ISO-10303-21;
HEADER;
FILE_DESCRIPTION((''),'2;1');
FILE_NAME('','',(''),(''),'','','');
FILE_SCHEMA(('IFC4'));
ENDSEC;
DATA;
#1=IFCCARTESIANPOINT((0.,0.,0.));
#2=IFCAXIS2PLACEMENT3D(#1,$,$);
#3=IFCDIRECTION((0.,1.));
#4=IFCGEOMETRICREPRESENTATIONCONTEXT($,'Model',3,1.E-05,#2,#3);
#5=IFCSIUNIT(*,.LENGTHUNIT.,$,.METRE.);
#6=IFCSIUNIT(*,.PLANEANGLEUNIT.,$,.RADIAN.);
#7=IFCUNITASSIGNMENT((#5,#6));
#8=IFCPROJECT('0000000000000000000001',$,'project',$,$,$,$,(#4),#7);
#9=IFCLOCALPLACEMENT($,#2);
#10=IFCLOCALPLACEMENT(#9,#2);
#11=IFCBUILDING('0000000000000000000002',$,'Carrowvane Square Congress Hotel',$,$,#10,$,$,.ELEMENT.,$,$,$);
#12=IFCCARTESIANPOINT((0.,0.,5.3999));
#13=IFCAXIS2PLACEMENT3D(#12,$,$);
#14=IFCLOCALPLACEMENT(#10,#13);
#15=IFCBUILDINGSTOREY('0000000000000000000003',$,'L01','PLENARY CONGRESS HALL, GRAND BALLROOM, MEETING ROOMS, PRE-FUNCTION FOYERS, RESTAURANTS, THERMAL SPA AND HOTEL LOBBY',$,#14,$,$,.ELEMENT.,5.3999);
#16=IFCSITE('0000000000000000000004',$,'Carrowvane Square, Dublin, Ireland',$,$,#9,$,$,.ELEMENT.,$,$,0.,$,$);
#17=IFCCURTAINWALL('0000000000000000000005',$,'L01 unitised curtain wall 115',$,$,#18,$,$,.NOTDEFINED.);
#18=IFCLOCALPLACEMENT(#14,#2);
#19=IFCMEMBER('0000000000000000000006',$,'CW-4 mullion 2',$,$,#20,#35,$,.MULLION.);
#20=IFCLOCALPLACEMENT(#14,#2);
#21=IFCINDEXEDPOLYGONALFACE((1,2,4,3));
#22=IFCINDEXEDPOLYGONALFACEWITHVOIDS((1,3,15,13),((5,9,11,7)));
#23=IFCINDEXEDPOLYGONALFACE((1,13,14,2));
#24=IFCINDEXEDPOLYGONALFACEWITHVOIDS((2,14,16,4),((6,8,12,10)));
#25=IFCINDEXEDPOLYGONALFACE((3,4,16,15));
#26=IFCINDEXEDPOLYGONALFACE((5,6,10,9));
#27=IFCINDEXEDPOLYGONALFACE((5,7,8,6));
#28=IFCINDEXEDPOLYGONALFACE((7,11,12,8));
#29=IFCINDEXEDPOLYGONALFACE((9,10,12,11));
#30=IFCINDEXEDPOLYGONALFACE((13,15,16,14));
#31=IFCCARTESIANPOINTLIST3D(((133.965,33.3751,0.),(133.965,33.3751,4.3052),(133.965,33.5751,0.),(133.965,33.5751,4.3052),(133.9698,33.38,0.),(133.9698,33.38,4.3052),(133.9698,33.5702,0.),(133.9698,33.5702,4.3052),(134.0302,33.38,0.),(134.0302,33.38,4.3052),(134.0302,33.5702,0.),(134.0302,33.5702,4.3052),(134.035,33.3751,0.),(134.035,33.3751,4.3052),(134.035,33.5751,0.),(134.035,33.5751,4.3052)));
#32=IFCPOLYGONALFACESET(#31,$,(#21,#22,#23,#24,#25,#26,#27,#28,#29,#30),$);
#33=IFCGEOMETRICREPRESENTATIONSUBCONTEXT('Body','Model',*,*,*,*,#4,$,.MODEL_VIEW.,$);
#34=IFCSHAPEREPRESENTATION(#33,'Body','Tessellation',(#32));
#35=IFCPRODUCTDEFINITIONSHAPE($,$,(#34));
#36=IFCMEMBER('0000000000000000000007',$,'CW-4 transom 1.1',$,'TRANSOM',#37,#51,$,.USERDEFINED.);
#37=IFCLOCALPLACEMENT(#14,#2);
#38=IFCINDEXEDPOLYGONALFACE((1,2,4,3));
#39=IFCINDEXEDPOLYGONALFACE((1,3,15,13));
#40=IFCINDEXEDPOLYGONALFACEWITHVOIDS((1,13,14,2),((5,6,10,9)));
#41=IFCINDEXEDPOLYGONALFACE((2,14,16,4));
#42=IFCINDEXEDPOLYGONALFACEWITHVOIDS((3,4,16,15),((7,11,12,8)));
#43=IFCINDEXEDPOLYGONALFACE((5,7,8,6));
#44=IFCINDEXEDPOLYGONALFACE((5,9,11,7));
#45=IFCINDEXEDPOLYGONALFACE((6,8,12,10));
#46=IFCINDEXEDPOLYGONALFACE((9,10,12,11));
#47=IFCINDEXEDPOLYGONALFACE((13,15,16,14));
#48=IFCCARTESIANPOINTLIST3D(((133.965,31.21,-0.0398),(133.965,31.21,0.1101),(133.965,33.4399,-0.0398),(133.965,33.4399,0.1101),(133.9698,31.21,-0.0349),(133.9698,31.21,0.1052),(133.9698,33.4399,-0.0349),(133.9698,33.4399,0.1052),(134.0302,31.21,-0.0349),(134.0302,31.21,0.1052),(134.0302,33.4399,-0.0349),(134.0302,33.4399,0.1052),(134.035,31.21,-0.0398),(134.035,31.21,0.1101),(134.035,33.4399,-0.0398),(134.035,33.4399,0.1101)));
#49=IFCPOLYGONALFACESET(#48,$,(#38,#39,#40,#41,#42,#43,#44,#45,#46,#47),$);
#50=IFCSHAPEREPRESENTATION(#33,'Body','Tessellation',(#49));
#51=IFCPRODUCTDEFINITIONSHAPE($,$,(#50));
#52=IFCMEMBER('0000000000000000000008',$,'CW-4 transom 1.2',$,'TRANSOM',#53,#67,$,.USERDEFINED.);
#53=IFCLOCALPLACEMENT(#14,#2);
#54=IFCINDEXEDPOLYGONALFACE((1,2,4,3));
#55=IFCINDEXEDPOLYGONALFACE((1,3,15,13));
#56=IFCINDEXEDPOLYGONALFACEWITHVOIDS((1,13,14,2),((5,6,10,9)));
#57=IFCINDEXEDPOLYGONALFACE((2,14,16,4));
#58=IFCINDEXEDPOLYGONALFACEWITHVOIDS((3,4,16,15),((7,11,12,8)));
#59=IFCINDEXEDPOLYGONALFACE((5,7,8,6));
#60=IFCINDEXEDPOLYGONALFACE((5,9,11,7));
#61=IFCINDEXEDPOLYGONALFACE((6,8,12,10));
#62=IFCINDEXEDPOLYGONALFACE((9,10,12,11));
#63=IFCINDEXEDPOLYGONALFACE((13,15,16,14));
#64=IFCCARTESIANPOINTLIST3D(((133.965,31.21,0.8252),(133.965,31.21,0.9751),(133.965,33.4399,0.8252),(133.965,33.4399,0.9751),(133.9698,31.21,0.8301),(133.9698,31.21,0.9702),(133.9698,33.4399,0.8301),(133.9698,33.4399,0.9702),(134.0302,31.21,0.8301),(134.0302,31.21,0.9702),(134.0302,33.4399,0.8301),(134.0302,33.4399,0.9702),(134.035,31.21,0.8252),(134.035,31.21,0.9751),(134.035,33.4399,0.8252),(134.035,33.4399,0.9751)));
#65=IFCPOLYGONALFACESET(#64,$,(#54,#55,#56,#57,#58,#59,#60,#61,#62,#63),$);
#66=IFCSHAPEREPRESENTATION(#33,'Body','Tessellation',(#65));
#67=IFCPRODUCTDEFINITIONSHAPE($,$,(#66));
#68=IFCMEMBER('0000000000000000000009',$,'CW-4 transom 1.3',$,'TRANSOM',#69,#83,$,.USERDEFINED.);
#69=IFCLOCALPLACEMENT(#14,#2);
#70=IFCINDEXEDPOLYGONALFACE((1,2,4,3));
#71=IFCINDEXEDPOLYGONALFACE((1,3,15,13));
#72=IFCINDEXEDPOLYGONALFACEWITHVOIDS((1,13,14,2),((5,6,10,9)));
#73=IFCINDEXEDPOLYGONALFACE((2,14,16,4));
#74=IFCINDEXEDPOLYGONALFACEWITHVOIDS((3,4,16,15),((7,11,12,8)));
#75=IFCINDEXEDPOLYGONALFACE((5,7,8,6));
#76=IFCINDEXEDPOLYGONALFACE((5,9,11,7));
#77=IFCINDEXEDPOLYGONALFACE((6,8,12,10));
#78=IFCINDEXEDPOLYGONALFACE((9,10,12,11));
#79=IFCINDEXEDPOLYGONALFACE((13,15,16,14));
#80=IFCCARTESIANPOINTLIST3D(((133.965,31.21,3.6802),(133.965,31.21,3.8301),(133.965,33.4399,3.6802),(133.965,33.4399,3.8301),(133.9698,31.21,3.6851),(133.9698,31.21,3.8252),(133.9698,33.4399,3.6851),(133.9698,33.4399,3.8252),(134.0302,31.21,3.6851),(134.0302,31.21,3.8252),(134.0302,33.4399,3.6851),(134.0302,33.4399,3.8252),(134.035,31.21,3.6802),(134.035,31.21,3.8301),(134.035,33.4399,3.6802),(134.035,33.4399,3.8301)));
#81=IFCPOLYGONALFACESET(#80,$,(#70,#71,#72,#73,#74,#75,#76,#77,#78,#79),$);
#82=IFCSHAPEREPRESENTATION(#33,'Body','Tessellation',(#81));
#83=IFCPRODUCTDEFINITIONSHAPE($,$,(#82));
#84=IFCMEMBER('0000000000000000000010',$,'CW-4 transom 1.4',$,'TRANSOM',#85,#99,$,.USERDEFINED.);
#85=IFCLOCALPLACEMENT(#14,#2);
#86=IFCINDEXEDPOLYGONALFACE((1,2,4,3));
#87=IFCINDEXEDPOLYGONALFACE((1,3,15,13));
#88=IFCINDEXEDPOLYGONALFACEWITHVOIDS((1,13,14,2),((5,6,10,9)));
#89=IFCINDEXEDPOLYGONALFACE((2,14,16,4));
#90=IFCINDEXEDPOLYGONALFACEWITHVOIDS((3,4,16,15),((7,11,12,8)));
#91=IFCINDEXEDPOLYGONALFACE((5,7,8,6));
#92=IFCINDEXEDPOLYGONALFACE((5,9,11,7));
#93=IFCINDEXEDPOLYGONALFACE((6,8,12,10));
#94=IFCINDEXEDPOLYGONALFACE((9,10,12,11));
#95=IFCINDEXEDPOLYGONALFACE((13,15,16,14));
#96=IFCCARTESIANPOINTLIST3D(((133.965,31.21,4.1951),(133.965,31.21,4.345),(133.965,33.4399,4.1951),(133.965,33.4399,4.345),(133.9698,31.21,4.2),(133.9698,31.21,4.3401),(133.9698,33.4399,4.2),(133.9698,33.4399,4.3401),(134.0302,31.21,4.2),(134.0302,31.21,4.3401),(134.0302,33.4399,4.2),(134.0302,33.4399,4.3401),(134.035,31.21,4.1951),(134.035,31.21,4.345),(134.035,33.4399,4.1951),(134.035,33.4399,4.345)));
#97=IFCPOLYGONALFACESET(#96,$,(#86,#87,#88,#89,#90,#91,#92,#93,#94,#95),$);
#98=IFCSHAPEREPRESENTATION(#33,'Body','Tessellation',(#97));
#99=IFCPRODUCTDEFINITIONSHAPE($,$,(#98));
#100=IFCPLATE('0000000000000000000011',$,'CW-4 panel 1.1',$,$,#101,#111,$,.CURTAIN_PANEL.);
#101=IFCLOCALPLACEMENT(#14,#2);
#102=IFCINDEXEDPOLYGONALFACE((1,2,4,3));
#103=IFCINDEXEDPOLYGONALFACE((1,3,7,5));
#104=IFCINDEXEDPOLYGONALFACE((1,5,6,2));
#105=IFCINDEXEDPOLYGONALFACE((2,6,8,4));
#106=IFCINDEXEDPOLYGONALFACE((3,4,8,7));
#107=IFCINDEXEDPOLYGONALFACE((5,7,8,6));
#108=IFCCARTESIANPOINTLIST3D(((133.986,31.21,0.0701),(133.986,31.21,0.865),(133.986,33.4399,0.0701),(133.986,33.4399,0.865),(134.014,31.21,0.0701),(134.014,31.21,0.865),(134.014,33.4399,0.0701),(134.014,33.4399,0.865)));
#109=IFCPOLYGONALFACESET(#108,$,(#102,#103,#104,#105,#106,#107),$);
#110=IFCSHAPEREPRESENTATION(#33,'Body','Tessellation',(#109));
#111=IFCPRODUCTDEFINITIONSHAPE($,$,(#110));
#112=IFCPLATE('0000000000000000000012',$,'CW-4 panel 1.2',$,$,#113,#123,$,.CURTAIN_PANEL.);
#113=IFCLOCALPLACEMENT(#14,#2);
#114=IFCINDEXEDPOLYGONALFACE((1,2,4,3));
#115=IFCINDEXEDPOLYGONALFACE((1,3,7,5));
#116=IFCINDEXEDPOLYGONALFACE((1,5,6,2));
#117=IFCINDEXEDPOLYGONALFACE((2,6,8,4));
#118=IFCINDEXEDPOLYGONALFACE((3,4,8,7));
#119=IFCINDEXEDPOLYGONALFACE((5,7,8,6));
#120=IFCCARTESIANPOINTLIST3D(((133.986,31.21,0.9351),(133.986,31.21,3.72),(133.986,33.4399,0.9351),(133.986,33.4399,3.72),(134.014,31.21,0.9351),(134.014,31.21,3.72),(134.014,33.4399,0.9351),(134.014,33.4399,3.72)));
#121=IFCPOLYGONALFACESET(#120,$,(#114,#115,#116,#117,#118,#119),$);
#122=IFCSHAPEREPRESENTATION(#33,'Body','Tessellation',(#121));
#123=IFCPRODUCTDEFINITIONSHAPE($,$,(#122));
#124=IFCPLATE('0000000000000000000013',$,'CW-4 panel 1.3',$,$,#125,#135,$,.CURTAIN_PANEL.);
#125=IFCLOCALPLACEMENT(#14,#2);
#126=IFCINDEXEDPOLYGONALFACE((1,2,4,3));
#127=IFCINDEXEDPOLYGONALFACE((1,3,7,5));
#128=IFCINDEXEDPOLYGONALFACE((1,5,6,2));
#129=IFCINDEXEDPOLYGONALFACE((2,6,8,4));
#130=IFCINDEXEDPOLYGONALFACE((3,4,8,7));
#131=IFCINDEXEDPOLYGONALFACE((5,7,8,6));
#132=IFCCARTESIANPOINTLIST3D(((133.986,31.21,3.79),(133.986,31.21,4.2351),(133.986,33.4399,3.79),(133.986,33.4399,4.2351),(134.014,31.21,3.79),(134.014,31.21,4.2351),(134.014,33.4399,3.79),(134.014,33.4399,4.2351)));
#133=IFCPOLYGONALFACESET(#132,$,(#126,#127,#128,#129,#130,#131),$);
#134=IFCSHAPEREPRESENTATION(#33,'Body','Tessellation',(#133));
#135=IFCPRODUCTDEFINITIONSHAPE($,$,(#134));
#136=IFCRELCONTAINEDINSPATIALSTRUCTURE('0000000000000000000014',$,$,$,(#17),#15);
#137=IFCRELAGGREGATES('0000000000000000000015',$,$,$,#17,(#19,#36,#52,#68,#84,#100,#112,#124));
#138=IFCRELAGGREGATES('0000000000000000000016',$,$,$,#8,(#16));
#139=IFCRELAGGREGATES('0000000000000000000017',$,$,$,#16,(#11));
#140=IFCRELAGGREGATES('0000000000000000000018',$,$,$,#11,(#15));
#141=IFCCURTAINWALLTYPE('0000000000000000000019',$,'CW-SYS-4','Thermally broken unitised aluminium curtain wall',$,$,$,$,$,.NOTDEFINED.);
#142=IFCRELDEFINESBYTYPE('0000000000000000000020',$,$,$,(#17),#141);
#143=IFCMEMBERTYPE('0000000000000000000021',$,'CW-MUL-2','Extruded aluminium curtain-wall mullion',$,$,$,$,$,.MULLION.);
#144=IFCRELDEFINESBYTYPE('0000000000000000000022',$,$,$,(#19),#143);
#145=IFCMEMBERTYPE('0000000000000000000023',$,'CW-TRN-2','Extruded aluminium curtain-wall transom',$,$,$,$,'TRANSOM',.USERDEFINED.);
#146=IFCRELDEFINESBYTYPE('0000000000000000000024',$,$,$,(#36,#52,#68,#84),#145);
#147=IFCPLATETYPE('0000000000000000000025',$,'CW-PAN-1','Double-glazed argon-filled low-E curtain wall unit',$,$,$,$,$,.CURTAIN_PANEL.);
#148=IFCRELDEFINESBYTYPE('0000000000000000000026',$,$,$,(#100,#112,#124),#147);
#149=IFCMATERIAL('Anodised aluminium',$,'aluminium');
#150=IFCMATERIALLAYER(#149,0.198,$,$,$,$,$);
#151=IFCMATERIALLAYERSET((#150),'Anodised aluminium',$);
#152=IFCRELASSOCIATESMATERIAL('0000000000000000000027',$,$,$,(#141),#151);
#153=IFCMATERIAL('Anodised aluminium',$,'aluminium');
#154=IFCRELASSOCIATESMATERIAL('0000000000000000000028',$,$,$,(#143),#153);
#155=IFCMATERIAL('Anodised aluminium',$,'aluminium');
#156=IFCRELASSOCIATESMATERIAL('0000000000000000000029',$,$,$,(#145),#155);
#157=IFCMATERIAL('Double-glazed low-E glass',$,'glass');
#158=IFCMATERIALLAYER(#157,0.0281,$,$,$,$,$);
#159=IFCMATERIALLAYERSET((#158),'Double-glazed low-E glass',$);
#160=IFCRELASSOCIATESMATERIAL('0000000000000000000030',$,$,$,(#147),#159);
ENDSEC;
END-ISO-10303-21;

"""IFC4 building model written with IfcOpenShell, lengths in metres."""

from ifc_helpers import new_model, si_unit, direction, frame, origin, origin_2d, place, context, subcontext, project, spatial, rectangle, hollow_rectangle, extrude, material, layer, layer_set, material_profile, profile_set, type_object, element, aggregate, save


model = new_model("IFC4")

# Units and contexts
model_context = context("Model", 3, precision=1e-05, world=origin(), true_north=direction((0.0, 1.0)))
body_context = subcontext(model_context, "Body", "Model", "MODEL_VIEW")
ifc_project = project(units=[si_unit("LENGTHUNIT", "METRE"), si_unit("PLANEANGLEUNIT", "RADIAN")], contexts=[model_context])

# Site, building, storey
site_placement = place(None, origin())
site = spatial("IfcSite", under=ifc_project, at=site_placement, Name="Carrowvane Square, Dublin, Ireland", CompositionType="ELEMENT", RefElevation=0.0)
building_placement = place(site_placement, origin())
building = spatial("IfcBuilding", under=site, at=building_placement, Name="Carrowvane Square Congress Hotel", CompositionType="ELEMENT")
storey_placement = place(building_placement, frame((0.0, 0.0, 5.3999)))
storey = spatial("IfcBuildingStorey", under=building, at=storey_placement, Name="L01", Description="PLENARY CONGRESS HALL, GRAND BALLROOM, MEETING ROOMS, PRE-FUNCTION FOYERS, RESTAURANTS, THERMAL SPA AND HOTEL LOBBY", CompositionType="ELEMENT", Elevation=5.3999)

# Curtain wall, members, plates
ifc_material_1 = material(Name="Anodised aluminium", Category="aluminium")
ifc_layer_1 = layer(ifc_material_1, 0.198)
ifc_layer_set_1 = layer_set([ifc_layer_1], Name="Anodised aluminium")
curtain_wall_type_1 = type_object("IfcCurtainWallType", Name="CW-SYS-4", Description="Thermally broken unitised aluminium curtain wall", PredefinedType="NOTDEFINED", material=ifc_layer_set_1)
curtain_wall_1_placement = place(storey_placement, origin())
curtain_wall_1 = element("IfcCurtainWall", 1, at=curtain_wall_1_placement, inside=storey, type_object=curtain_wall_type_1, Name="L01 unitised curtain wall 115", PredefinedType="NOTDEFINED")
ifc_material_2 = material(Name="Anodised aluminium", Category="aluminium")
ifc_material_profile_1 = material_profile(ifc_material_2, hollow_rectangle(XDim=0.0701, YDim=0.2, WallThickness=0.0049, at=origin_2d()), Name="CW-ML 70x200x5")
ifc_profile_set_1 = profile_set([ifc_material_profile_1], Name="Anodised aluminium")
member_type_1 = type_object("IfcMemberType", Name="CW-MUL-2", Description="Extruded aluminium curtain-wall mullion", PredefinedType="MULLION", material=ifc_profile_set_1)
member_1_placement = place(storey_placement, frame((134.0, 33.4751, 0.0), z_axis=(0.0, 0.0, 1.0), x_axis=(-1.0, 0.0, 0.0)))
member_1 = element("IfcMember", 2, at=member_1_placement, type_object=member_type_1, Name="CW-4 mullion 2", PredefinedType="MULLION", context=body_context, shape_type="SweptSolid", body=[
    extrude(hollow_rectangle(XDim=0.0701, YDim=0.2, WallThickness=0.0049, at=origin_2d()), origin(), (0.0, 0.0, 1.0), 4.3052),
])
ifc_material_3 = material(Name="Anodised aluminium", Category="aluminium")
ifc_material_profile_2 = material_profile(ifc_material_3, hollow_rectangle(XDim=0.0701, YDim=0.1499, WallThickness=0.0049, at=origin_2d()), Name="CW-TR 70x150x5")
ifc_profile_set_2 = profile_set([ifc_material_profile_2], Name="Anodised aluminium")
member_type_2 = type_object("IfcMemberType", Name="CW-TRN-2", Description="Extruded aluminium curtain-wall transom", ElementType="TRANSOM", PredefinedType="USERDEFINED", material=ifc_profile_set_2)
member_2_placement = place(storey_placement, frame((134.0, 31.21, 0.0352), z_axis=(0.0, 1.0, 0.0), x_axis=(-1.0, 0.0, 0.0)))
member_2 = element("IfcMember", 3, at=member_2_placement, type_object=member_type_2, Name="CW-4 transom 1.1", ObjectType="TRANSOM", PredefinedType="USERDEFINED", context=body_context, shape_type="SweptSolid", body=[
    extrude(hollow_rectangle(XDim=0.0701, YDim=0.1499, WallThickness=0.0049, at=origin_2d()), origin(), (0.0, 0.0, 1.0), 2.23),
])
member_3_placement = place(storey_placement, frame((134.0, 31.21, 0.9001), z_axis=(0.0, 1.0, 0.0), x_axis=(-1.0, 0.0, 0.0)))
member_3 = element("IfcMember", 4, at=member_3_placement, type_object=member_type_2, Name="CW-4 transom 1.2", ObjectType="TRANSOM", PredefinedType="USERDEFINED", context=body_context, shape_type="SweptSolid", body=[
    extrude(hollow_rectangle(XDim=0.0701, YDim=0.1499, WallThickness=0.0049, at=origin_2d()), origin(), (0.0, 0.0, 1.0), 2.23),
])
member_4_placement = place(storey_placement, frame((134.0, 31.21, 3.7551), z_axis=(0.0, 1.0, 0.0), x_axis=(-1.0, 0.0, 0.0)))
member_4 = element("IfcMember", 5, at=member_4_placement, type_object=member_type_2, Name="CW-4 transom 1.3", ObjectType="TRANSOM", PredefinedType="USERDEFINED", context=body_context, shape_type="SweptSolid", body=[
    extrude(hollow_rectangle(XDim=0.0701, YDim=0.1499, WallThickness=0.0049, at=origin_2d()), origin(), (0.0, 0.0, 1.0), 2.23),
])
member_5_placement = place(storey_placement, frame((134.0, 31.21, 4.27), z_axis=(0.0, 1.0, 0.0), x_axis=(-1.0, 0.0, 0.0)))
member_5 = element("IfcMember", 6, at=member_5_placement, type_object=member_type_2, Name="CW-4 transom 1.4", ObjectType="TRANSOM", PredefinedType="USERDEFINED", context=body_context, shape_type="SweptSolid", body=[
    extrude(hollow_rectangle(XDim=0.0701, YDim=0.1499, WallThickness=0.0049, at=origin_2d()), origin(), (0.0, 0.0, 1.0), 2.23),
])
ifc_material_4 = material(Name="Double-glazed low-E glass", Category="glass")
ifc_layer_2 = layer(ifc_material_4, 0.0281)
ifc_layer_set_2 = layer_set([ifc_layer_2], Name="Double-glazed low-E glass")
plate_type = type_object("IfcPlateType", Name="CW-PAN-1", Description="Double-glazed argon-filled low-E curtain wall unit", PredefinedType="CURTAIN_PANEL", material=ifc_layer_set_2)
plate_1_placement = place(storey_placement, frame((134.0, 32.325, 0.0701), z_axis=(0.0, 0.0, 1.0), x_axis=(0.0, 1.0, 0.0)))
plate_1 = element("IfcPlate", 7, at=plate_1_placement, type_object=plate_type, Name="CW-4 panel 1.1", PredefinedType="CURTAIN_PANEL", context=body_context, shape_type="SweptSolid", body=[
    extrude(rectangle(XDim=2.23, YDim=0.0281, at=origin_2d()), origin(), (0.0, 0.0, 1.0), 0.7949),
])
plate_2_placement = place(storey_placement, frame((134.0, 32.325, 0.9351), z_axis=(0.0, 0.0, 1.0), x_axis=(0.0, 1.0, 0.0)))
plate_2 = element("IfcPlate", 8, at=plate_2_placement, type_object=plate_type, Name="CW-4 panel 1.2", PredefinedType="CURTAIN_PANEL", context=body_context, shape_type="SweptSolid", body=[
    extrude(rectangle(XDim=2.23, YDim=0.0281, at=origin_2d()), origin(), (0.0, 0.0, 1.0), 2.7849),
])
plate_3_placement = place(storey_placement, frame((134.0, 32.325, 3.79), z_axis=(0.0, 0.0, 1.0), x_axis=(0.0, 1.0, 0.0)))
plate_3 = element("IfcPlate", 9, at=plate_3_placement, type_object=plate_type, Name="CW-4 panel 1.3", PredefinedType="CURTAIN_PANEL", context=body_context, shape_type="SweptSolid", body=[
    extrude(rectangle(XDim=2.23, YDim=0.0281, at=origin_2d()), origin(), (0.0, 0.0, 1.0), 0.4451),
])
aggregate(curtain_wall_1, [member_1, member_2, member_3, member_4, member_5, plate_1, plate_2, plate_3])

save(model, "model.ifc")
